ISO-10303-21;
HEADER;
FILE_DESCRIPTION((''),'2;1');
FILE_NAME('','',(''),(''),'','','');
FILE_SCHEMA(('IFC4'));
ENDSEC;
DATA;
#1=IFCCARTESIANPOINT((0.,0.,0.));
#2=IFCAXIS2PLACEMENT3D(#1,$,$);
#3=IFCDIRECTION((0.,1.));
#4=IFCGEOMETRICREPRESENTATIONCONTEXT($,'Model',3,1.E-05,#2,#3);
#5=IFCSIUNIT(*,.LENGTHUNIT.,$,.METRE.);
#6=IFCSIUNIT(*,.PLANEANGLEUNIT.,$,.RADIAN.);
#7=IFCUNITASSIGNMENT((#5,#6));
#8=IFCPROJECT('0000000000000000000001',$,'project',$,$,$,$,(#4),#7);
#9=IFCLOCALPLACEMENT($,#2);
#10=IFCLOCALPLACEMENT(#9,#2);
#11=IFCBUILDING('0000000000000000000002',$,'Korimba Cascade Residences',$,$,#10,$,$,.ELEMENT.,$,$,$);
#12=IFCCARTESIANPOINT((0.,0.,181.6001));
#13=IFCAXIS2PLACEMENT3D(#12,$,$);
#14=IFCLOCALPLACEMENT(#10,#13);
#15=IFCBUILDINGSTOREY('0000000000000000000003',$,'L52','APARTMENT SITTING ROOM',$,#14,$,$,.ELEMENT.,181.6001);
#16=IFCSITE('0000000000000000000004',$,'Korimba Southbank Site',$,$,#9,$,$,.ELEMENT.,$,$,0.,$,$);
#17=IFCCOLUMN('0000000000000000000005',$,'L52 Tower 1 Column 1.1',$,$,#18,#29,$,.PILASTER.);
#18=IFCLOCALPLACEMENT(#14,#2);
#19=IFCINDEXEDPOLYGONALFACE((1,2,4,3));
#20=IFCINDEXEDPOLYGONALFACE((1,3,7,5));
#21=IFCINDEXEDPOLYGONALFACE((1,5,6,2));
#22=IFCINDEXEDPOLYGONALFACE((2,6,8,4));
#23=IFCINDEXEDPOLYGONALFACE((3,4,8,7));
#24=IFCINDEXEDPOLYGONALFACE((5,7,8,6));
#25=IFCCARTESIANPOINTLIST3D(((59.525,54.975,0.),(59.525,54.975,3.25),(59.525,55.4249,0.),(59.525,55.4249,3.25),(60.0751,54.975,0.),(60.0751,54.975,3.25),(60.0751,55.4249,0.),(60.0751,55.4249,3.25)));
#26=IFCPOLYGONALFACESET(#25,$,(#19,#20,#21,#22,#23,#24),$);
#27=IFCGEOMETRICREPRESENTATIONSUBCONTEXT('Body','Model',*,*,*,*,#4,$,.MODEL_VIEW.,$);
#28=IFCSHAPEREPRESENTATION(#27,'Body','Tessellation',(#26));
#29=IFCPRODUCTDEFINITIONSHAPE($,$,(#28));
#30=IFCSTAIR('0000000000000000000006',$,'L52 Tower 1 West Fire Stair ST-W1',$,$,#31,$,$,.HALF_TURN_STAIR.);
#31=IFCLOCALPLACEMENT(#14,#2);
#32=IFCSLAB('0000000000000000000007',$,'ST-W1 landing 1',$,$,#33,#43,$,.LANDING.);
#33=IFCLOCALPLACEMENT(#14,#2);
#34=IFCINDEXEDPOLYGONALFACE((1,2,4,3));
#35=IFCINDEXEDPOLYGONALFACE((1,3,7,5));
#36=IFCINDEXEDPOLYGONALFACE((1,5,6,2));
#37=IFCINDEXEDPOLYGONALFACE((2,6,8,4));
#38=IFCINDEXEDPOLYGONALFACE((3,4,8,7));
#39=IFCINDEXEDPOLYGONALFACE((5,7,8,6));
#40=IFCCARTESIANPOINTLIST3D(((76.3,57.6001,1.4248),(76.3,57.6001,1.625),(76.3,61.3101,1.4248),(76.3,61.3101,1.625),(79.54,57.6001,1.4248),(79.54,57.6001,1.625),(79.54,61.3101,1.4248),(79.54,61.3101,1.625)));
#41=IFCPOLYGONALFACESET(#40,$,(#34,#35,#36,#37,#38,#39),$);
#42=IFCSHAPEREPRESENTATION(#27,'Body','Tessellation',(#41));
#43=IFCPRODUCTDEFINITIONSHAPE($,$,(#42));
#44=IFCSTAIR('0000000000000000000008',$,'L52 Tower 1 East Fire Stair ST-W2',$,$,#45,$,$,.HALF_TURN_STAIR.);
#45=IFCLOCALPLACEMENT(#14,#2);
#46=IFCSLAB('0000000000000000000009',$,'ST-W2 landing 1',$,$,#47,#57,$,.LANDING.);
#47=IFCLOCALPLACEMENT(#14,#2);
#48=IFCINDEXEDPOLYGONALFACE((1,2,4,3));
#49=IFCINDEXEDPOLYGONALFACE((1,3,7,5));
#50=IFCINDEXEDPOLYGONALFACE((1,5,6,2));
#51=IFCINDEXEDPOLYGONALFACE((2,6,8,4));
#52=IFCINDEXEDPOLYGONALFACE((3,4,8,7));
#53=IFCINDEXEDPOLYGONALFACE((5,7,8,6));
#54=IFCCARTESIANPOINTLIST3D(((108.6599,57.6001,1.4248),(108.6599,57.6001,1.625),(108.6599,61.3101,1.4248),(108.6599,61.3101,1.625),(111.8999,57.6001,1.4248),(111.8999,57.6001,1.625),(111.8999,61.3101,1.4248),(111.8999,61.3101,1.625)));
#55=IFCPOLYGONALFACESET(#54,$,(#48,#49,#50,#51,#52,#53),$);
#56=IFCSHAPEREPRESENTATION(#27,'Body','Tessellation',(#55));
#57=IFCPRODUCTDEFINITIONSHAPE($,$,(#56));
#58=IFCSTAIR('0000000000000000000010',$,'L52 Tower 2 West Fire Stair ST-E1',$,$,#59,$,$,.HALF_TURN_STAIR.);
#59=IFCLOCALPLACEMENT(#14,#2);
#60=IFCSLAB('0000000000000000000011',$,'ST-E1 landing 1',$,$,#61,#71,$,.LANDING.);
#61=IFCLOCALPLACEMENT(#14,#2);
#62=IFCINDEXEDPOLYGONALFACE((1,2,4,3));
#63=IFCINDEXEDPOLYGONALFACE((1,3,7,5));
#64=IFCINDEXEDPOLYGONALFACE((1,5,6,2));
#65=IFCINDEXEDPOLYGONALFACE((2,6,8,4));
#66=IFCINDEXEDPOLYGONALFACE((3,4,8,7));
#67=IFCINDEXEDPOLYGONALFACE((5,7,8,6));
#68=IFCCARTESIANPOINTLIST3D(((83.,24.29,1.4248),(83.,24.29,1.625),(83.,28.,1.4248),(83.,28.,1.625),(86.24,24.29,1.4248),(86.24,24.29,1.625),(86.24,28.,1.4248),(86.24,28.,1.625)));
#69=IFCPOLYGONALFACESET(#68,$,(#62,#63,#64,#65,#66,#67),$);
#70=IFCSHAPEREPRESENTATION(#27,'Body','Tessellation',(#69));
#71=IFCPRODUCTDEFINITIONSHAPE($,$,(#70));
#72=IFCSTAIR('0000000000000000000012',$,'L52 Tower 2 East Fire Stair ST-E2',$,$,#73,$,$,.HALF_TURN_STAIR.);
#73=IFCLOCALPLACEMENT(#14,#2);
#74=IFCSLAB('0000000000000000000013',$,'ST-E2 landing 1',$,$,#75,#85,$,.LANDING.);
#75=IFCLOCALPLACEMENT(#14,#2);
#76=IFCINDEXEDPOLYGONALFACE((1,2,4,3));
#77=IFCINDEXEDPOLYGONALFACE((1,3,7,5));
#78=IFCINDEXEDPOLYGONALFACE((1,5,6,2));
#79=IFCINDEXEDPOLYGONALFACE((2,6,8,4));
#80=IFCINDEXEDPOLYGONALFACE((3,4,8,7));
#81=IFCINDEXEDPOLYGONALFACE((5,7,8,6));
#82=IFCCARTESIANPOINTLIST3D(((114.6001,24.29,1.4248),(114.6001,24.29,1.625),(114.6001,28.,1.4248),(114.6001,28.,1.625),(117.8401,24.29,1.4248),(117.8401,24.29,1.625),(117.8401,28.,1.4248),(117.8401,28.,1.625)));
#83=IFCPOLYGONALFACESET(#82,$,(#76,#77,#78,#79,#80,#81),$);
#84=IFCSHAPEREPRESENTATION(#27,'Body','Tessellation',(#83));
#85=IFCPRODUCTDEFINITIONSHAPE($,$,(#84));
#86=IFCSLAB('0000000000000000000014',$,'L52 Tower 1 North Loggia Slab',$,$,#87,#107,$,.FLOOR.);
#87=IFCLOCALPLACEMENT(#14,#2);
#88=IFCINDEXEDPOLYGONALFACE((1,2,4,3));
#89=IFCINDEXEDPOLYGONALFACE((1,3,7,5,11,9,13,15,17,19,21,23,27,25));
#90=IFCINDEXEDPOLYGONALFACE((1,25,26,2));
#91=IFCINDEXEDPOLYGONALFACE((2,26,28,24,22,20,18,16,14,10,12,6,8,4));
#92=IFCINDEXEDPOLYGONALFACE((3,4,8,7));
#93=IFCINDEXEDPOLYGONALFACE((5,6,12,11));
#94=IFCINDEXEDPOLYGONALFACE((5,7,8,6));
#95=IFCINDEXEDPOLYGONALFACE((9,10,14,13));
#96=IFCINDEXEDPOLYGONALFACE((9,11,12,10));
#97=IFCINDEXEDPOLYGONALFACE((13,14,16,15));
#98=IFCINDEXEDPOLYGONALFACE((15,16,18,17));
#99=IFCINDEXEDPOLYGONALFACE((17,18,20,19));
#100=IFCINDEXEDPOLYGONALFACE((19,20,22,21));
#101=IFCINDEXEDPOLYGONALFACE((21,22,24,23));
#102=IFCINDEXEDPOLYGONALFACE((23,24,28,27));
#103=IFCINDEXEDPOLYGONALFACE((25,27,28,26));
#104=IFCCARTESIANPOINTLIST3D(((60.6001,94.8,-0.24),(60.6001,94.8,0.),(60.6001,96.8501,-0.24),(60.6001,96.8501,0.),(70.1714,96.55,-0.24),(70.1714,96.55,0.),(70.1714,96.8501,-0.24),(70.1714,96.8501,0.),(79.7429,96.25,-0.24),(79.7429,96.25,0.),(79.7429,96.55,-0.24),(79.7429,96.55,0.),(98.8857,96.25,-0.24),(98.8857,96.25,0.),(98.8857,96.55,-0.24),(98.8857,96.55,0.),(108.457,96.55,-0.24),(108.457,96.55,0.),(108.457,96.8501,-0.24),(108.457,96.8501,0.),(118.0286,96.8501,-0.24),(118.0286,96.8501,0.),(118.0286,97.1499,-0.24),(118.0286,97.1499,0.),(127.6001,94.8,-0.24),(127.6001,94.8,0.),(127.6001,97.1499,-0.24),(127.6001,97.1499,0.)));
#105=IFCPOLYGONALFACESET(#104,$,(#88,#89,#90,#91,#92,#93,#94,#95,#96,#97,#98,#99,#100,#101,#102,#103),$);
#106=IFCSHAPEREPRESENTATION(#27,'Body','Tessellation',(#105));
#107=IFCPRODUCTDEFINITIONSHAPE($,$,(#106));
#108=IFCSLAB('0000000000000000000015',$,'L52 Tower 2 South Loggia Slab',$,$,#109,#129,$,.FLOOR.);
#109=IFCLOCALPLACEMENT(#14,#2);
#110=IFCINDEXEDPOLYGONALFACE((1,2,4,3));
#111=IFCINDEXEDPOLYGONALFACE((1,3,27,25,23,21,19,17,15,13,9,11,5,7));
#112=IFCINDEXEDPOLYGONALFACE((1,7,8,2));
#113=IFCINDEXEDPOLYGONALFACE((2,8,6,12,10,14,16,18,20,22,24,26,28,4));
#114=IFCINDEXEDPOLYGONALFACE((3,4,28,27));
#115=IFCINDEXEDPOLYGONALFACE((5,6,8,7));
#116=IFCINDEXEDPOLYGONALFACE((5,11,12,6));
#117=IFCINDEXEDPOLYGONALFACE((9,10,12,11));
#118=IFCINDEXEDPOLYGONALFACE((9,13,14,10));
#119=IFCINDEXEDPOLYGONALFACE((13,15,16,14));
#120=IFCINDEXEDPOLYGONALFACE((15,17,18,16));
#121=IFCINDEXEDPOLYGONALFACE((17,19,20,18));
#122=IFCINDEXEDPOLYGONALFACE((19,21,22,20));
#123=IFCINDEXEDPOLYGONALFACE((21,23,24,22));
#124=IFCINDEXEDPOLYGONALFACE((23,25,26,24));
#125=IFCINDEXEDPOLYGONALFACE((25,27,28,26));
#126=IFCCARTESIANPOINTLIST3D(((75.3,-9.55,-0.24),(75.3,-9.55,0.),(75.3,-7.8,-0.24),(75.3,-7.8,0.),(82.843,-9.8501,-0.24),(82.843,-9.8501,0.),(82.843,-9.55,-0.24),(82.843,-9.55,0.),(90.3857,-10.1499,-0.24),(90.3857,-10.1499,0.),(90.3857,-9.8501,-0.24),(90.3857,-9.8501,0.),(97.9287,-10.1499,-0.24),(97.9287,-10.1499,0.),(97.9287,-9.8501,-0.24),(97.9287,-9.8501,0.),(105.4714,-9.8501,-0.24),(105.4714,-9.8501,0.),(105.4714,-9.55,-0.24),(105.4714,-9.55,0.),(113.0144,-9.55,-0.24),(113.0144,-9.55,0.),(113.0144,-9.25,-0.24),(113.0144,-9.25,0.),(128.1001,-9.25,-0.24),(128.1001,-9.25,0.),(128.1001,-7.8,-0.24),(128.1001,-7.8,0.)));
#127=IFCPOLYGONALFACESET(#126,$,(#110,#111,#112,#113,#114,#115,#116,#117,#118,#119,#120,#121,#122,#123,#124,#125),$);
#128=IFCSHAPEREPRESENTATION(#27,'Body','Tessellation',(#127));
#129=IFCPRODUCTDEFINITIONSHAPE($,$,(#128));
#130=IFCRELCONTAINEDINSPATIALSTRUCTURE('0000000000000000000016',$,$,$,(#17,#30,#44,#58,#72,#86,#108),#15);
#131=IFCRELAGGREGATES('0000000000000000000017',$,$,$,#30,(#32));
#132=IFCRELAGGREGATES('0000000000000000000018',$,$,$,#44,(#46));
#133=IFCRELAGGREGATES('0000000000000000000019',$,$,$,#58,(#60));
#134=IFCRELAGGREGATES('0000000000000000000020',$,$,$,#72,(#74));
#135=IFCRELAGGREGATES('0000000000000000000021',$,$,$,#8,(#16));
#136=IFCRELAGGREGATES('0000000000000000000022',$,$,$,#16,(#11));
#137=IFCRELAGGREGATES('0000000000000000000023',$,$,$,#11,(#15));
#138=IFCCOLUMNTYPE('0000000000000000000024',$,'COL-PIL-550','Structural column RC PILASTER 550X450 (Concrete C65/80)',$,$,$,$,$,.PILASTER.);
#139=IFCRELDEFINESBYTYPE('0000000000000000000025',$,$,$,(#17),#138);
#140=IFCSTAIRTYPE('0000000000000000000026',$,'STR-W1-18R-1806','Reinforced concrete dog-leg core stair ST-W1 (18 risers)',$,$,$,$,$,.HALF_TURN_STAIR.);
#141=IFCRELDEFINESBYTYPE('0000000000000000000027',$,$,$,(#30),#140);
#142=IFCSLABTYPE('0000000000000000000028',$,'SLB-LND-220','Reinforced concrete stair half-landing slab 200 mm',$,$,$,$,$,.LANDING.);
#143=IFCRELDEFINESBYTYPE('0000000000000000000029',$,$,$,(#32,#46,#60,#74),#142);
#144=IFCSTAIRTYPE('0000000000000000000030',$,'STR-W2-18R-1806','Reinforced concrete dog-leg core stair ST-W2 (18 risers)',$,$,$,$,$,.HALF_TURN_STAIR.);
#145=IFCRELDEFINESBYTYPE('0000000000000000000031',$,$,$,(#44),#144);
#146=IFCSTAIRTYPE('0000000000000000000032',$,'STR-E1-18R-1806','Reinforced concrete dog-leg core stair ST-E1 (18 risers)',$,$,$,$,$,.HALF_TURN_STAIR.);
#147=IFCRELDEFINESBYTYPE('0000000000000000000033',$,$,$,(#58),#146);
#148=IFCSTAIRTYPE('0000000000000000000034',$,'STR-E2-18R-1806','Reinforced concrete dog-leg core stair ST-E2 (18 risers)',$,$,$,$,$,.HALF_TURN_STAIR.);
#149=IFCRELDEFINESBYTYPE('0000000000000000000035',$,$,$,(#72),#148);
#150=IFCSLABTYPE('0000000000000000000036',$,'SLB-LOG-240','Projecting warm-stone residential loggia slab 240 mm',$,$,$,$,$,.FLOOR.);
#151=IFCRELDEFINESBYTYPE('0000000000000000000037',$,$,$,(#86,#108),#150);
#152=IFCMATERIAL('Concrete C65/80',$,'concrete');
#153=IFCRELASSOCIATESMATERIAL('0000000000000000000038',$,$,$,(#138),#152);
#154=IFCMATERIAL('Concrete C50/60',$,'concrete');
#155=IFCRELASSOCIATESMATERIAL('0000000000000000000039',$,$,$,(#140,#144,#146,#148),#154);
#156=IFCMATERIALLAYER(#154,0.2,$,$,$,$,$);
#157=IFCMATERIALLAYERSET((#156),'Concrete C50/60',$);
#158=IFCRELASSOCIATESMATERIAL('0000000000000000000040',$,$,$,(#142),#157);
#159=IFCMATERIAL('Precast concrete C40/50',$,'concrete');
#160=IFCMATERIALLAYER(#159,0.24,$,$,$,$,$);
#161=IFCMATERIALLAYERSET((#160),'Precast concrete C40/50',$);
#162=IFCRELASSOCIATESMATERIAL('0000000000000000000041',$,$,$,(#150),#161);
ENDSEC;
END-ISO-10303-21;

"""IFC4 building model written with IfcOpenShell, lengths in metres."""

from ifc_helpers import new_model, si_unit, direction, frame, origin, origin_2d, place, context, subcontext, project, spatial, polyline, rectangle, outline, extrude, material, layer, layer_set, material_profile, profile_set, type_object, element, aggregate, save


model = new_model("IFC4")

# Units and contexts
model_context = context("Model", 3, precision=1e-05, world=origin(), true_north=direction((0.0, 1.0)))
body_context = subcontext(model_context, "Body", "Model", "MODEL_VIEW")
ifc_project = project(units=[si_unit("LENGTHUNIT", "METRE"), si_unit("PLANEANGLEUNIT", "RADIAN")], contexts=[model_context])

# Site, building, storey
site_placement = place(None, origin())
site = spatial("IfcSite", under=ifc_project, at=site_placement, Name="Korimba Southbank Site", CompositionType="ELEMENT", RefElevation=0.0)
building_placement = place(site_placement, origin())
building = spatial("IfcBuilding", under=site, at=building_placement, Name="Korimba Cascade Residences", CompositionType="ELEMENT")
storey_placement = place(building_placement, frame((0.0, 0.0, 181.6001)))
storey = spatial("IfcBuildingStorey", under=building, at=storey_placement, Name="L52", Description="APARTMENT SITTING ROOM", CompositionType="ELEMENT", Elevation=181.6001)

# Column
ifc_material_1 = material(Name="Concrete C65/80", Category="concrete")
ifc_material_profile = material_profile(ifc_material_1, rectangle(XDim=0.55, YDim=0.45, at=origin_2d()), Name="Concrete C65/80")
ifc_profile_set = profile_set([ifc_material_profile], Name="Concrete C65/80")
column_type = type_object("IfcColumnType", Name="COL-PIL-550", Description="Structural column RC PILASTER 550X450 (Concrete C65/80)", PredefinedType="PILASTER", material=ifc_profile_set)
column_placement = place(storey_placement, frame((59.8, 55.2, 0.0), z_axis=(0.0, 0.0, 1.0), x_axis=(1.0, 0.0, 0.0)))
element("IfcColumn", 1, at=column_placement, inside=storey, type_object=column_type, Name="L52 Tower 1 Column 1.1", PredefinedType="PILASTER", context=body_context, shape_type="SweptSolid", body=[
    extrude(rectangle(XDim=0.55, YDim=0.45, at=origin_2d()), origin(), (0.0, 0.0, 1.0), 3.25),
])

# Stairs, slabs
ifc_material_2 = material(Name="Concrete C50/60", Category="concrete")
stair_type_1 = type_object("IfcStairType", Name="STR-W1-18R-1806", Description="Reinforced concrete dog-leg core stair ST-W1 (18 risers)", PredefinedType="HALF_TURN_STAIR", material=ifc_material_2)
stair_1_placement = place(storey_placement, origin())
stair_1 = element("IfcStair", 2, at=stair_1_placement, inside=storey, type_object=stair_type_1, Name="L52 Tower 1 West Fire Stair ST-W1", PredefinedType="HALF_TURN_STAIR")
ifc_layer_1 = layer(ifc_material_2, 0.2)
ifc_layer_set_1 = layer_set([ifc_layer_1], Name="Concrete C50/60")
slab_type_1 = type_object("IfcSlabType", Name="SLB-LND-220", Description="Reinforced concrete stair half-landing slab 200 mm", PredefinedType="LANDING", material=ifc_layer_set_1)
slab_1_placement = place(storey_placement, frame((0.0, 0.0, 1.4248)))
slab_1 = element("IfcSlab", 3, at=slab_1_placement, type_object=slab_type_1, Name="ST-W1 landing 1", PredefinedType="LANDING", context=body_context, shape_type="SweptSolid", body=[
    extrude(outline(polyline([(76.3, 61.3101), (76.3, 57.6001), (79.54, 57.6001), (79.54, 61.3101), (76.3, 61.3101)])), origin(), (0.0, 0.0, 1.0), 0.2002),
])
aggregate(stair_1, [slab_1])
stair_type_2 = type_object("IfcStairType", Name="STR-W2-18R-1806", Description="Reinforced concrete dog-leg core stair ST-W2 (18 risers)", PredefinedType="HALF_TURN_STAIR", material=ifc_material_2)
stair_2_placement = place(storey_placement, origin())
stair_2 = element("IfcStair", 4, at=stair_2_placement, inside=storey, type_object=stair_type_2, Name="L52 Tower 1 East Fire Stair ST-W2", PredefinedType="HALF_TURN_STAIR")
slab_2_placement = place(storey_placement, frame((0.0, 0.0, 1.4248)))
slab_2 = element("IfcSlab", 5, at=slab_2_placement, type_object=slab_type_1, Name="ST-W2 landing 1", PredefinedType="LANDING", context=body_context, shape_type="SweptSolid", body=[
    extrude(outline(polyline([(108.6599, 61.3101), (108.6599, 57.6001), (111.8999, 57.6001), (111.8999, 61.3101), (108.6599, 61.3101)])), origin(), (0.0, 0.0, 1.0), 0.2002),
])
aggregate(stair_2, [slab_2])
stair_type_3 = type_object("IfcStairType", Name="STR-E1-18R-1806", Description="Reinforced concrete dog-leg core stair ST-E1 (18 risers)", PredefinedType="HALF_TURN_STAIR", material=ifc_material_2)
stair_3_placement = place(storey_placement, origin())
stair_3 = element("IfcStair", 6, at=stair_3_placement, inside=storey, type_object=stair_type_3, Name="L52 Tower 2 West Fire Stair ST-E1", PredefinedType="HALF_TURN_STAIR")
slab_3_placement = place(storey_placement, frame((0.0, 0.0, 1.4248)))
slab_3 = element("IfcSlab", 7, at=slab_3_placement, type_object=slab_type_1, Name="ST-E1 landing 1", PredefinedType="LANDING", context=body_context, shape_type="SweptSolid", body=[
    extrude(outline(polyline([(86.24, 24.29), (86.24, 28.0), (83.0, 28.0), (83.0, 24.29), (86.24, 24.29)])), origin(), (0.0, 0.0, 1.0), 0.2002),
])
aggregate(stair_3, [slab_3])
stair_type_4 = type_object("IfcStairType", Name="STR-E2-18R-1806", Description="Reinforced concrete dog-leg core stair ST-E2 (18 risers)", PredefinedType="HALF_TURN_STAIR", material=ifc_material_2)
stair_4_placement = place(storey_placement, origin())
stair_4 = element("IfcStair", 8, at=stair_4_placement, inside=storey, type_object=stair_type_4, Name="L52 Tower 2 East Fire Stair ST-E2", PredefinedType="HALF_TURN_STAIR")
slab_4_placement = place(storey_placement, frame((0.0, 0.0, 1.4248)))
slab_4 = element("IfcSlab", 9, at=slab_4_placement, type_object=slab_type_1, Name="ST-E2 landing 1", PredefinedType="LANDING", context=body_context, shape_type="SweptSolid", body=[
    extrude(outline(polyline([(117.8401, 24.29), (117.8401, 28.0), (114.6001, 28.0), (114.6001, 24.29), (117.8401, 24.29)])), origin(), (0.0, 0.0, 1.0), 0.2002),
])
aggregate(stair_4, [slab_4])

# Slabs
ifc_material_3 = material(Name="Precast concrete C40/50", Category="concrete")
ifc_layer_2 = layer(ifc_material_3, 0.24)
ifc_layer_set_2 = layer_set([ifc_layer_2], Name="Precast concrete C40/50")
slab_type_2 = type_object("IfcSlabType", Name="SLB-LOG-240", Description="Projecting warm-stone residential loggia slab 240 mm", PredefinedType="FLOOR", material=ifc_layer_set_2)
slab_5_placement = place(storey_placement, frame((0.0, 0.0, -0.24)))
element("IfcSlab", 10, at=slab_5_placement, inside=storey, type_object=slab_type_2, Name="L52 Tower 1 North Loggia Slab", PredefinedType="FLOOR", context=body_context, shape_type="SweptSolid", body=[
    extrude(outline(polyline([(60.6001, 94.8), (127.6001, 94.8), (127.6001, 97.1499), (118.0286, 97.1499), (118.0286, 96.8501), (108.457, 96.8501), (108.457, 96.55), (98.8857, 96.55), (98.8857, 96.25), (79.7429, 96.25), (79.7429, 96.55), (70.1714, 96.55), (70.1714, 96.8501), (60.6001, 96.8501), (60.6001, 94.8)])), origin(), (0.0, 0.0, 1.0), 0.24),
])
slab_6_placement = place(storey_placement, frame((0.0, 0.0, -0.24)))
element("IfcSlab", 11, at=slab_6_placement, inside=storey, type_object=slab_type_2, Name="L52 Tower 2 South Loggia Slab", PredefinedType="FLOOR", context=body_context, shape_type="SweptSolid", body=[
    extrude(outline(polyline([(75.3, -9.55), (82.843, -9.55), (82.843, -9.8501), (90.3857, -9.8501), (90.3857, -10.1499), (97.9287, -10.1499), (97.9287, -9.8501), (105.4714, -9.8501), (105.4714, -9.55), (113.0144, -9.55), (113.0144, -9.25), (128.1001, -9.25), (128.1001, -7.8), (75.3, -7.8), (75.3, -9.55)])), origin(), (0.0, 0.0, 1.0), 0.24),
])

save(model, "model.ifc")
